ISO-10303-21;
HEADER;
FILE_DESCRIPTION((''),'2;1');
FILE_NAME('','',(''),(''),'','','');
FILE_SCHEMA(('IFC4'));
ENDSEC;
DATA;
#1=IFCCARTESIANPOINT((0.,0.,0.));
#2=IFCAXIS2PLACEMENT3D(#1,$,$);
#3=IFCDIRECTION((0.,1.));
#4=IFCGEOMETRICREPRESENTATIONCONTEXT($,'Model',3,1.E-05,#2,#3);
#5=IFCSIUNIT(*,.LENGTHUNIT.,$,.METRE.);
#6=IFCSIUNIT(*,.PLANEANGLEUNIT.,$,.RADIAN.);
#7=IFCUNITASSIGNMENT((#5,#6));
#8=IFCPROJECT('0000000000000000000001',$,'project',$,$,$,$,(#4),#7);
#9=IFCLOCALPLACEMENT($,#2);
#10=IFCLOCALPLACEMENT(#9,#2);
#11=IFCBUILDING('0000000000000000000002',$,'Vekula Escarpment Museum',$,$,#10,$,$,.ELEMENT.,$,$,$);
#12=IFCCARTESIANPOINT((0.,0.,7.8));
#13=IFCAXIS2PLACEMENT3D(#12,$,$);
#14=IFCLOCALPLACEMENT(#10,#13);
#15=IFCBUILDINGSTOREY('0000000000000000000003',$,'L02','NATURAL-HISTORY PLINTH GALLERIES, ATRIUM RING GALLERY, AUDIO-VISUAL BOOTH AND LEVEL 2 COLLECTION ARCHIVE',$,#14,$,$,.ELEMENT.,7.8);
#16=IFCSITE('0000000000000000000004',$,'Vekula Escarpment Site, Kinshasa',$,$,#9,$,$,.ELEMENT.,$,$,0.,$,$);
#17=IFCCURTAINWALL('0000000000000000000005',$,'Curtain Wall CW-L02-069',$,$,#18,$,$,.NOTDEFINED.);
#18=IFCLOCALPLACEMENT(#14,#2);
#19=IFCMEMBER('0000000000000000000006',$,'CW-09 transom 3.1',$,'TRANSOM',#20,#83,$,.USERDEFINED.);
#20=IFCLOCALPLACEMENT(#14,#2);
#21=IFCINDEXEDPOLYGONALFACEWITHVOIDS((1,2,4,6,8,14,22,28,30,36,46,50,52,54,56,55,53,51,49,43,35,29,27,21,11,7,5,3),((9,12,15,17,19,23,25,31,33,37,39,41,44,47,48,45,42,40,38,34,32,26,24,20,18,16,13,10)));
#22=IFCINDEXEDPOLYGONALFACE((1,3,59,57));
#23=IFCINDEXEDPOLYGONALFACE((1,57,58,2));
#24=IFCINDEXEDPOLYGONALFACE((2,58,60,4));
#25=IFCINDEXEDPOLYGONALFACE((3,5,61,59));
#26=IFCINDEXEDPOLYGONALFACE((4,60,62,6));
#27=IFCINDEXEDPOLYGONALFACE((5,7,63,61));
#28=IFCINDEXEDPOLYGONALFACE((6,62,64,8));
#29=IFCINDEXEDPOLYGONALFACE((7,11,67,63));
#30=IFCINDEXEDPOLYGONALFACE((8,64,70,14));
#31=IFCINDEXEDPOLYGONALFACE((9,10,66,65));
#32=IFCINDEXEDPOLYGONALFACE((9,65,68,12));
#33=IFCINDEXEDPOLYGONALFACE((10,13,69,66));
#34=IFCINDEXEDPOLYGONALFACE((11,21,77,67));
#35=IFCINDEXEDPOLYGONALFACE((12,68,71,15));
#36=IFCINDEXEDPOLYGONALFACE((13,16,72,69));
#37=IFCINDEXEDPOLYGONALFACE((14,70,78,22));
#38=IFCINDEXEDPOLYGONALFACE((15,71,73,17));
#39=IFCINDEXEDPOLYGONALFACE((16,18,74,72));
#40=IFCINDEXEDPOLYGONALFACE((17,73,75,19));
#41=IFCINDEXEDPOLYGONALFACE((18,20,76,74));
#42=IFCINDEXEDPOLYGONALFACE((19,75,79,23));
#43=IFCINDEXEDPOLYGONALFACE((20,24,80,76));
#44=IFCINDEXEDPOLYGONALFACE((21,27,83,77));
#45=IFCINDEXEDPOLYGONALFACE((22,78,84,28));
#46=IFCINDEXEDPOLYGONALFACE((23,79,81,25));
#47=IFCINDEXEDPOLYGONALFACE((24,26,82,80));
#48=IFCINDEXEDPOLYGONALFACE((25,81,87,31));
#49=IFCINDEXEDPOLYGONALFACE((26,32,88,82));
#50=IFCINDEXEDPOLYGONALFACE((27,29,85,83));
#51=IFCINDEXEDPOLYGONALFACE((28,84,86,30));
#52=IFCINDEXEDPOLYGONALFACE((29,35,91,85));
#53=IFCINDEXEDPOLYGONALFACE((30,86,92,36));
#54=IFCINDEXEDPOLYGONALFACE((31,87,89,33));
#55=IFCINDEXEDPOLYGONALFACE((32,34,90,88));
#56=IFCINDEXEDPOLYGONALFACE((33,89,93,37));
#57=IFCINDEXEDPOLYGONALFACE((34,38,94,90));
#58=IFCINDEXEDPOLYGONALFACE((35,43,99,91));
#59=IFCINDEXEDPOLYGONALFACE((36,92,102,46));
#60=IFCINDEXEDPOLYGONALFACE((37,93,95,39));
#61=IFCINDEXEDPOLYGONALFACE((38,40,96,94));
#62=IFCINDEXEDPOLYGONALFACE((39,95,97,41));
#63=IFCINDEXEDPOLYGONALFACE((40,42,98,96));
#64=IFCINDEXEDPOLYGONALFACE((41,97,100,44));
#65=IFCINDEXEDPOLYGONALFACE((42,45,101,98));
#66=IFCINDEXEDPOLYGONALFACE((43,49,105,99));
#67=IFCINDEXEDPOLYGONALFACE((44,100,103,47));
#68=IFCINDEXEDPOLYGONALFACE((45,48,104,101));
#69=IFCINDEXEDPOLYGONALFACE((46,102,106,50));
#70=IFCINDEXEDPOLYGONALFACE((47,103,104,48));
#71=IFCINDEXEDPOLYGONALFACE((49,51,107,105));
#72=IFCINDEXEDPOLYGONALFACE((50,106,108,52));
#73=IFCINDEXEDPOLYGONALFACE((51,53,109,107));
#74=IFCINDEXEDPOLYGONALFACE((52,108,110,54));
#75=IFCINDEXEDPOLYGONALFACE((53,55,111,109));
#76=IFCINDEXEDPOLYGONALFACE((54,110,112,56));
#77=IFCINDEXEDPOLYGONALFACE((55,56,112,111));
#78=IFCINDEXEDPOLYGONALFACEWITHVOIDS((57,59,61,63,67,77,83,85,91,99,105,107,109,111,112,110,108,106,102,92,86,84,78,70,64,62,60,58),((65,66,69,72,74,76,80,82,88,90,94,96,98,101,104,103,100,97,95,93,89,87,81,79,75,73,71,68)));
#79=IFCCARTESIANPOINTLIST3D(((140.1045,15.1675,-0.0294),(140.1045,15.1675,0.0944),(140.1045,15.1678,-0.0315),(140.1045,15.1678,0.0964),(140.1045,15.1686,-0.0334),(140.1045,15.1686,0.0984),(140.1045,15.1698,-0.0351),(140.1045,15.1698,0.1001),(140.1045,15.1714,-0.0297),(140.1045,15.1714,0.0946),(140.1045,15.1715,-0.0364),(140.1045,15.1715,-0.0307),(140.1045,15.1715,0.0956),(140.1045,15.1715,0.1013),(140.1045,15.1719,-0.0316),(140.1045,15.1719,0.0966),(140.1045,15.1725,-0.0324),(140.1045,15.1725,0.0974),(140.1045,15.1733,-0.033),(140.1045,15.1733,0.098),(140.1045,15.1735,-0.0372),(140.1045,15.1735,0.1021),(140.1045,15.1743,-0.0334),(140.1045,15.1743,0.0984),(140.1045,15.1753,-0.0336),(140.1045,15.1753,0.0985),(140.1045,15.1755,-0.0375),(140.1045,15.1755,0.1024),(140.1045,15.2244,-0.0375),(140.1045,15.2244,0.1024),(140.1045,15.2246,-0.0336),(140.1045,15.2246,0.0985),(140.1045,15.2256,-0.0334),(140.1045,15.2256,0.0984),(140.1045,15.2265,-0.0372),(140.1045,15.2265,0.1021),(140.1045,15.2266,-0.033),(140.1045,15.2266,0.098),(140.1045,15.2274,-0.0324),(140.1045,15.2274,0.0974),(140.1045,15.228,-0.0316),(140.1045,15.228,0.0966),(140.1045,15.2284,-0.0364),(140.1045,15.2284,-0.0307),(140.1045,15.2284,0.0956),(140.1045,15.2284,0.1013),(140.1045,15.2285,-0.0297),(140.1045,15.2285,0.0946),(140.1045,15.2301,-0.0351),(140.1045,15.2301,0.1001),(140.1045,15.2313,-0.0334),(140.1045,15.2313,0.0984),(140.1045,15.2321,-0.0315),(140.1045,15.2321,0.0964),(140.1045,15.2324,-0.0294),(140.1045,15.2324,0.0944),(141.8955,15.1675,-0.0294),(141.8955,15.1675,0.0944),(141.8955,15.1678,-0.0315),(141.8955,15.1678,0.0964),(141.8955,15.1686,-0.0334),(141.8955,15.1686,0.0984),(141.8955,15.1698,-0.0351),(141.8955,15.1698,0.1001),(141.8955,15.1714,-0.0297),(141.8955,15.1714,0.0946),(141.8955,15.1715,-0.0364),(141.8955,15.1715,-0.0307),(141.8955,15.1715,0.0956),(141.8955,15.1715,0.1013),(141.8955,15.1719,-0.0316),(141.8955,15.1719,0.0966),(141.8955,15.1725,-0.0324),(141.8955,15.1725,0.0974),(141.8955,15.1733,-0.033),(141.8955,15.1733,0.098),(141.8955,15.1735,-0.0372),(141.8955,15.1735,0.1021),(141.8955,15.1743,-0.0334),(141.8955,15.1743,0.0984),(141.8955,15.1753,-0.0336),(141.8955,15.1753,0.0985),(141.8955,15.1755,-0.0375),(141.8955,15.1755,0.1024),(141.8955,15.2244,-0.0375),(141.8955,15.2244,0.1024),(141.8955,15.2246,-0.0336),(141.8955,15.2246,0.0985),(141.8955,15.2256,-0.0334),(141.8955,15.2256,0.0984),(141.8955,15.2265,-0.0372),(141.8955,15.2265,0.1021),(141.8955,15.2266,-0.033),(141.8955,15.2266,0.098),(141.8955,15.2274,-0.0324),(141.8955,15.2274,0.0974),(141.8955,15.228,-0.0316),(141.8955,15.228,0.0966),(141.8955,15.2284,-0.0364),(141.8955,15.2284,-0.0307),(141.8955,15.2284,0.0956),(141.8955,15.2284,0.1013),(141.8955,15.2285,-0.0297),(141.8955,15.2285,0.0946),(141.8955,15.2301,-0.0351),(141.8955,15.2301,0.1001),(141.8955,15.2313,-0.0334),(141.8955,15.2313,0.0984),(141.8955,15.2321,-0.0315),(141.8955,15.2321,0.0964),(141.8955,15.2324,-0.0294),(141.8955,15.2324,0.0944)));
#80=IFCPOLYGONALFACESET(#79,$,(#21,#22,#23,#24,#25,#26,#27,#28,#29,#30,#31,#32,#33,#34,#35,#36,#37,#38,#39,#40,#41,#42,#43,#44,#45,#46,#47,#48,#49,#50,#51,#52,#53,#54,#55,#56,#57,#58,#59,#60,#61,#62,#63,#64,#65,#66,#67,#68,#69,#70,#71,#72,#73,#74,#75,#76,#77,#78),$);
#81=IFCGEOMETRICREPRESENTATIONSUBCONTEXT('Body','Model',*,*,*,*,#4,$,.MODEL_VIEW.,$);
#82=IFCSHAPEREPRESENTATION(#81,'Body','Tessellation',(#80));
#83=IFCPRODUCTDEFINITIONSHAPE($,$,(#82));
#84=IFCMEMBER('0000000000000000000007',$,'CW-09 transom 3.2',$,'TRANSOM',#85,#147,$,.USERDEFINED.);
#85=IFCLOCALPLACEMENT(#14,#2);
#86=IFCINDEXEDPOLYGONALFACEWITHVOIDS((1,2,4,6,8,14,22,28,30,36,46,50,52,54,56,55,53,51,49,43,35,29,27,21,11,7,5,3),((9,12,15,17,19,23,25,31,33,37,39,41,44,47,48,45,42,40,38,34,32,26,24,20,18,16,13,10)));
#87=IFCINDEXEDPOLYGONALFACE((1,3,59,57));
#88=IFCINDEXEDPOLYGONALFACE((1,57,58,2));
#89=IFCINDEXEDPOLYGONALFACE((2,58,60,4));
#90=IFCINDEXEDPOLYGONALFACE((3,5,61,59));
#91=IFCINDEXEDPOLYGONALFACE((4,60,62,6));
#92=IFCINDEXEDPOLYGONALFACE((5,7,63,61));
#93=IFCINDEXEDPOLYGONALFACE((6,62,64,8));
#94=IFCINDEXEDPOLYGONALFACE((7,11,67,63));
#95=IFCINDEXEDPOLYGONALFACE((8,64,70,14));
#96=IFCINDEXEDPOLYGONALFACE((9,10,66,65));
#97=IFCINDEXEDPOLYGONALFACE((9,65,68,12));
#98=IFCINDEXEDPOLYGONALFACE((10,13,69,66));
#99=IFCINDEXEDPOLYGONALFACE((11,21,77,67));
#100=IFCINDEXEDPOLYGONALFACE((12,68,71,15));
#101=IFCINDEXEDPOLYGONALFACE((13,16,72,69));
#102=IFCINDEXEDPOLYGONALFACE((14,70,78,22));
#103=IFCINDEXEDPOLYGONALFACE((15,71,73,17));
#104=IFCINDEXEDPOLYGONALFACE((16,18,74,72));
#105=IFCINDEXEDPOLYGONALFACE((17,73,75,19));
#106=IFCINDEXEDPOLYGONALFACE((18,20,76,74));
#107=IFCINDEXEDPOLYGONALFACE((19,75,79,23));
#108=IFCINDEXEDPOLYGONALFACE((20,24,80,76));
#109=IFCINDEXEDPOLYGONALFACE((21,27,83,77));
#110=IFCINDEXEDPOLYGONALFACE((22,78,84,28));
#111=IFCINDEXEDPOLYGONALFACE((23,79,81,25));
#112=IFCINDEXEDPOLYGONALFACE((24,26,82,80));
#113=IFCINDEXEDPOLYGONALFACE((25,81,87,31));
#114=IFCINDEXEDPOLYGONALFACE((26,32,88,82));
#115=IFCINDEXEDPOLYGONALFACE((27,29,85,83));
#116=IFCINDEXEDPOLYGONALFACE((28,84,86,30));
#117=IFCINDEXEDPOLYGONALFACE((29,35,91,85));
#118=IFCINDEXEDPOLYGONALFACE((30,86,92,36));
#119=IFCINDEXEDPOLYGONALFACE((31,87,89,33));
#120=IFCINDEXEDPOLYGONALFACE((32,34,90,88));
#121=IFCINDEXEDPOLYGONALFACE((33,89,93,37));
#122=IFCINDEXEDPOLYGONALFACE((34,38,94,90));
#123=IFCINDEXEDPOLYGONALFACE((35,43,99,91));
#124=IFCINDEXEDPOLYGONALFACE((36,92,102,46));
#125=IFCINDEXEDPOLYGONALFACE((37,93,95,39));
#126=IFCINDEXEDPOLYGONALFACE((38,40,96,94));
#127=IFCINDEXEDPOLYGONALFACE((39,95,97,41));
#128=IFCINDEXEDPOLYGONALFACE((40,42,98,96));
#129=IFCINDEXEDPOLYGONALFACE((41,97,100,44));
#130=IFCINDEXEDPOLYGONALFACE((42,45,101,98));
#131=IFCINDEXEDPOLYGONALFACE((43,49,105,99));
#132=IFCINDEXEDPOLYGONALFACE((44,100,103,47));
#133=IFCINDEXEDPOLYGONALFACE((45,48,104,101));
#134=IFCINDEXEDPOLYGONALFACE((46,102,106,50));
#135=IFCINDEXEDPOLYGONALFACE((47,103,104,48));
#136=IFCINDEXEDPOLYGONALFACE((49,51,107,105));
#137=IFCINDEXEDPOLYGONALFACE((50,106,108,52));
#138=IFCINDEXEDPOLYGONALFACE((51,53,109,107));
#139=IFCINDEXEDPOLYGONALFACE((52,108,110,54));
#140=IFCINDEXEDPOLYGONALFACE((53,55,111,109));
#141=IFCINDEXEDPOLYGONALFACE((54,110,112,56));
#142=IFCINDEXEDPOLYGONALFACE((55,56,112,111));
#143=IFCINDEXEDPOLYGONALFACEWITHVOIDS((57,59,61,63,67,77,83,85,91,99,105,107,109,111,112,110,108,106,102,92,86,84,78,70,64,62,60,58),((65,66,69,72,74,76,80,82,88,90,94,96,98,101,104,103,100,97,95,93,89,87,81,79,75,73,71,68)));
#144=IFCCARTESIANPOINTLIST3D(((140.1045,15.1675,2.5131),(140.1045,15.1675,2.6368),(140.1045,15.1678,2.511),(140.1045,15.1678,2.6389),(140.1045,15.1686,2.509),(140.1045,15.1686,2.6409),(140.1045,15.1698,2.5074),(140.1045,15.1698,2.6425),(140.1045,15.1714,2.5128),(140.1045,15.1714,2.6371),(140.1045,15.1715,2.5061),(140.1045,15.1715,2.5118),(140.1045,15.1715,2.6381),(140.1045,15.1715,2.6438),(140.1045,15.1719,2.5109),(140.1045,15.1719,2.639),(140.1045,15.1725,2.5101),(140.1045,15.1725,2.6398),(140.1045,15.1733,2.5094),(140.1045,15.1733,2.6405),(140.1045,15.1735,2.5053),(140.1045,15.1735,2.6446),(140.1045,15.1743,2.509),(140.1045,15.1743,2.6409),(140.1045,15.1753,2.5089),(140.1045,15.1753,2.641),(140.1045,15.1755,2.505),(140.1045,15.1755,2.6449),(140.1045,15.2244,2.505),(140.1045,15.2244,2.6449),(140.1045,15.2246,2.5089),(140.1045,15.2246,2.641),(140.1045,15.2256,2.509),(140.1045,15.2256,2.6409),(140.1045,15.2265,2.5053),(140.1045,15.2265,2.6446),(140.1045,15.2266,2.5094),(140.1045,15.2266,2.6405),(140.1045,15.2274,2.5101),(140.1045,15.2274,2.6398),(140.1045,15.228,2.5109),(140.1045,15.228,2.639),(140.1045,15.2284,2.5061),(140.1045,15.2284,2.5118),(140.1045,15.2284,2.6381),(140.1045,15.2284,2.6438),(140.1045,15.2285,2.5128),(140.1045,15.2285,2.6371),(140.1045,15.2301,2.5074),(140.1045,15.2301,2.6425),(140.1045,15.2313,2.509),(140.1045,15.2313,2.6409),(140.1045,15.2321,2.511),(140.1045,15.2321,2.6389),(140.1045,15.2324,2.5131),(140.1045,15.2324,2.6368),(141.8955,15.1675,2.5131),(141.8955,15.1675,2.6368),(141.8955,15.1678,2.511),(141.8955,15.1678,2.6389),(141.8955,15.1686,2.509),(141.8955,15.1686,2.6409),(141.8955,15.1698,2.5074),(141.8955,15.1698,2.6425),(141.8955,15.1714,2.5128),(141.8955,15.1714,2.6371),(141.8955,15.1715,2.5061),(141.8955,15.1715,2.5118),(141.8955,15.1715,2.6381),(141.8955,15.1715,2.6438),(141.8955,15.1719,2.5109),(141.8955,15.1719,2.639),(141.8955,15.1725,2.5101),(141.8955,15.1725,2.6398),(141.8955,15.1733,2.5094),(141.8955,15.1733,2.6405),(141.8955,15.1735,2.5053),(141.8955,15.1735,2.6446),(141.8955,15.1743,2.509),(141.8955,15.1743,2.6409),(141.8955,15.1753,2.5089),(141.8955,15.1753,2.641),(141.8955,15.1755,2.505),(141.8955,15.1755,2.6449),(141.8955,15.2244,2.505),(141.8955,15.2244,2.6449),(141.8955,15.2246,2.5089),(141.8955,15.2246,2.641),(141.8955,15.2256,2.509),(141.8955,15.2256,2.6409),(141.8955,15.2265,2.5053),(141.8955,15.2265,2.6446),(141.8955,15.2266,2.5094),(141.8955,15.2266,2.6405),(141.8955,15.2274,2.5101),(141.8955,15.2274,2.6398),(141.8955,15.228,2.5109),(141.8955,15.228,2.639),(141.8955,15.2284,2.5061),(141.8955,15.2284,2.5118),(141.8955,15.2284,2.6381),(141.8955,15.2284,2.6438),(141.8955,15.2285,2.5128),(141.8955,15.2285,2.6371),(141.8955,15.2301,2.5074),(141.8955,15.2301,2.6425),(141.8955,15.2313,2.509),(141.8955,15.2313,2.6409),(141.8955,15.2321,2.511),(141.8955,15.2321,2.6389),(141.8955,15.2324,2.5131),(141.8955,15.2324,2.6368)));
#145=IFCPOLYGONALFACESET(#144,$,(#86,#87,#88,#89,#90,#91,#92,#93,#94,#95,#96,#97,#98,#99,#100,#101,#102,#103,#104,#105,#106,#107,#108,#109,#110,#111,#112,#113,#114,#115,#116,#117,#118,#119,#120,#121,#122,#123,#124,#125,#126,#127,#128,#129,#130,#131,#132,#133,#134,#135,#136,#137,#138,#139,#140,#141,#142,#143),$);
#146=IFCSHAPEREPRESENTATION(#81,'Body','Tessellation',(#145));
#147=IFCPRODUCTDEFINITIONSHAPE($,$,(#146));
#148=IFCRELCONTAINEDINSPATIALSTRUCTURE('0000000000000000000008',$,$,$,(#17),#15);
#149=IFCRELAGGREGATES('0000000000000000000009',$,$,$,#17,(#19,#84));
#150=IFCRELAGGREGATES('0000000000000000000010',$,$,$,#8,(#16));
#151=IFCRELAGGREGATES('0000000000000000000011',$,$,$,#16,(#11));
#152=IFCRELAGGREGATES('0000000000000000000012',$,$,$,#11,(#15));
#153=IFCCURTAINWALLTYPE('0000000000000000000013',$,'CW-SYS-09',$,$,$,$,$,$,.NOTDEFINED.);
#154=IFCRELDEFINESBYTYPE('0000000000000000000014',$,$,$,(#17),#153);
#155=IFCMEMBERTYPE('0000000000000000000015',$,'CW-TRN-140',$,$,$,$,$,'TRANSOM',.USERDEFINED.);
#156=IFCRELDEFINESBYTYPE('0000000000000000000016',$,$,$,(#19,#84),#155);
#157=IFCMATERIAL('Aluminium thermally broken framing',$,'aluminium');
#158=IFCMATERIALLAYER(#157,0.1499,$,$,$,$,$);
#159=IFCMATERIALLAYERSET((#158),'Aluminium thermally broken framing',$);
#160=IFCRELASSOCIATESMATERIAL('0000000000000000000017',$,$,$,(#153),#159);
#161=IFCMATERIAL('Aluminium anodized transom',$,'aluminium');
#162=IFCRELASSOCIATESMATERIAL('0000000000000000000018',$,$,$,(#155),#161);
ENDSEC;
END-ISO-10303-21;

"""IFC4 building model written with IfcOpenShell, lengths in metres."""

from ifc_helpers import new_model, si_unit, direction, frame, origin, origin_2d, place, context, subcontext, project, spatial, hollow_rectangle, extrude, material, layer, layer_set, material_profile, profile_set, type_object, element, aggregate, save


model = new_model("IFC4")

# Units and contexts
model_context = context("Model", 3, precision=1e-05, world=origin(), true_north=direction((0.0, 1.0)))
body_context = subcontext(model_context, "Body", "Model", "MODEL_VIEW")
ifc_project = project(units=[si_unit("LENGTHUNIT", "METRE"), si_unit("PLANEANGLEUNIT", "RADIAN")], contexts=[model_context])

# Site, building, storey
site_placement = place(None, origin())
site = spatial("IfcSite", under=ifc_project, at=site_placement, Name="Vekula Escarpment Site, Kinshasa", CompositionType="ELEMENT", RefElevation=0.0)
building_placement = place(site_placement, origin())
building = spatial("IfcBuilding", under=site, at=building_placement, Name="Vekula Escarpment Museum", CompositionType="ELEMENT")
storey_placement = place(building_placement, frame((0.0, 0.0, 7.8)))
storey = spatial("IfcBuildingStorey", under=building, at=storey_placement, Name="L02", Description="NATURAL-HISTORY PLINTH GALLERIES, ATRIUM RING GALLERY, AUDIO-VISUAL BOOTH AND LEVEL 2 COLLECTION ARCHIVE", CompositionType="ELEMENT", Elevation=7.8)

# Curtain wall, members
ifc_material_1 = material(Name="Aluminium thermally broken framing", Category="aluminium")
ifc_layer_1 = layer(ifc_material_1, 0.1499)
ifc_layer_set_1 = layer_set([ifc_layer_1], Name="Aluminium thermally broken framing")
curtain_wall_type = type_object("IfcCurtainWallType", Name="CW-SYS-09", PredefinedType="NOTDEFINED", material=ifc_layer_set_1)
curtain_wall_placement = place(storey_placement, origin())
curtain_wall = element("IfcCurtainWall", 1, at=curtain_wall_placement, inside=storey, type_object=curtain_wall_type, Name="Curtain Wall CW-L02-069", PredefinedType="NOTDEFINED")
ifc_material_2 = material(Name="Aluminium anodized transom", Category="aluminium")
ifc_material_profile_1 = material_profile(ifc_material_2, hollow_rectangle(XDim=0.0649, YDim=0.1399, WallThickness=0.0039, InnerFilletRadius=0.0039, OuterFilletRadius=0.0081, at=origin_2d()), Name="ALU 140x65x4")
ifc_profile_set_1 = profile_set([ifc_material_profile_1], Name="Aluminium anodized transom")
member_type_1 = type_object("IfcMemberType", Name="CW-TRN-140", ElementType="TRANSOM", PredefinedType="USERDEFINED", material=ifc_profile_set_1)
member_1_placement = place(storey_placement, frame((141.8955, 15.2, 0.0325), z_axis=(-1.0, 0.0, 0.0), x_axis=(0.0, -1.0, 0.0)))
member_1 = element("IfcMember", 2, at=member_1_placement, type_object=member_type_1, Name="CW-09 transom 3.1", ObjectType="TRANSOM", PredefinedType="USERDEFINED", context=body_context, shape_type="SweptSolid", body=[
    extrude(hollow_rectangle(XDim=0.0649, YDim=0.1399, WallThickness=0.0039, InnerFilletRadius=0.0039, OuterFilletRadius=0.0081, at=origin_2d()), origin(), (0.0, 0.0, 1.0), 1.791),
])
member_2_placement = place(storey_placement, frame((141.8955, 15.2, 2.575), z_axis=(-1.0, 0.0, 0.0), x_axis=(0.0, -1.0, 0.0)))
member_2 = element("IfcMember", 3, at=member_2_placement, type_object=member_type_1, Name="CW-09 transom 3.2", ObjectType="TRANSOM", PredefinedType="USERDEFINED", context=body_context, shape_type="SweptSolid", body=[
    extrude(hollow_rectangle(XDim=0.0649, YDim=0.1399, WallThickness=0.0039, InnerFilletRadius=0.0039, OuterFilletRadius=0.0081, at=origin_2d()), origin(), (0.0, 0.0, 1.0), 1.791),
])
aggregate(curtain_wall, [member_1, member_2])

save(model, "model.ifc")
